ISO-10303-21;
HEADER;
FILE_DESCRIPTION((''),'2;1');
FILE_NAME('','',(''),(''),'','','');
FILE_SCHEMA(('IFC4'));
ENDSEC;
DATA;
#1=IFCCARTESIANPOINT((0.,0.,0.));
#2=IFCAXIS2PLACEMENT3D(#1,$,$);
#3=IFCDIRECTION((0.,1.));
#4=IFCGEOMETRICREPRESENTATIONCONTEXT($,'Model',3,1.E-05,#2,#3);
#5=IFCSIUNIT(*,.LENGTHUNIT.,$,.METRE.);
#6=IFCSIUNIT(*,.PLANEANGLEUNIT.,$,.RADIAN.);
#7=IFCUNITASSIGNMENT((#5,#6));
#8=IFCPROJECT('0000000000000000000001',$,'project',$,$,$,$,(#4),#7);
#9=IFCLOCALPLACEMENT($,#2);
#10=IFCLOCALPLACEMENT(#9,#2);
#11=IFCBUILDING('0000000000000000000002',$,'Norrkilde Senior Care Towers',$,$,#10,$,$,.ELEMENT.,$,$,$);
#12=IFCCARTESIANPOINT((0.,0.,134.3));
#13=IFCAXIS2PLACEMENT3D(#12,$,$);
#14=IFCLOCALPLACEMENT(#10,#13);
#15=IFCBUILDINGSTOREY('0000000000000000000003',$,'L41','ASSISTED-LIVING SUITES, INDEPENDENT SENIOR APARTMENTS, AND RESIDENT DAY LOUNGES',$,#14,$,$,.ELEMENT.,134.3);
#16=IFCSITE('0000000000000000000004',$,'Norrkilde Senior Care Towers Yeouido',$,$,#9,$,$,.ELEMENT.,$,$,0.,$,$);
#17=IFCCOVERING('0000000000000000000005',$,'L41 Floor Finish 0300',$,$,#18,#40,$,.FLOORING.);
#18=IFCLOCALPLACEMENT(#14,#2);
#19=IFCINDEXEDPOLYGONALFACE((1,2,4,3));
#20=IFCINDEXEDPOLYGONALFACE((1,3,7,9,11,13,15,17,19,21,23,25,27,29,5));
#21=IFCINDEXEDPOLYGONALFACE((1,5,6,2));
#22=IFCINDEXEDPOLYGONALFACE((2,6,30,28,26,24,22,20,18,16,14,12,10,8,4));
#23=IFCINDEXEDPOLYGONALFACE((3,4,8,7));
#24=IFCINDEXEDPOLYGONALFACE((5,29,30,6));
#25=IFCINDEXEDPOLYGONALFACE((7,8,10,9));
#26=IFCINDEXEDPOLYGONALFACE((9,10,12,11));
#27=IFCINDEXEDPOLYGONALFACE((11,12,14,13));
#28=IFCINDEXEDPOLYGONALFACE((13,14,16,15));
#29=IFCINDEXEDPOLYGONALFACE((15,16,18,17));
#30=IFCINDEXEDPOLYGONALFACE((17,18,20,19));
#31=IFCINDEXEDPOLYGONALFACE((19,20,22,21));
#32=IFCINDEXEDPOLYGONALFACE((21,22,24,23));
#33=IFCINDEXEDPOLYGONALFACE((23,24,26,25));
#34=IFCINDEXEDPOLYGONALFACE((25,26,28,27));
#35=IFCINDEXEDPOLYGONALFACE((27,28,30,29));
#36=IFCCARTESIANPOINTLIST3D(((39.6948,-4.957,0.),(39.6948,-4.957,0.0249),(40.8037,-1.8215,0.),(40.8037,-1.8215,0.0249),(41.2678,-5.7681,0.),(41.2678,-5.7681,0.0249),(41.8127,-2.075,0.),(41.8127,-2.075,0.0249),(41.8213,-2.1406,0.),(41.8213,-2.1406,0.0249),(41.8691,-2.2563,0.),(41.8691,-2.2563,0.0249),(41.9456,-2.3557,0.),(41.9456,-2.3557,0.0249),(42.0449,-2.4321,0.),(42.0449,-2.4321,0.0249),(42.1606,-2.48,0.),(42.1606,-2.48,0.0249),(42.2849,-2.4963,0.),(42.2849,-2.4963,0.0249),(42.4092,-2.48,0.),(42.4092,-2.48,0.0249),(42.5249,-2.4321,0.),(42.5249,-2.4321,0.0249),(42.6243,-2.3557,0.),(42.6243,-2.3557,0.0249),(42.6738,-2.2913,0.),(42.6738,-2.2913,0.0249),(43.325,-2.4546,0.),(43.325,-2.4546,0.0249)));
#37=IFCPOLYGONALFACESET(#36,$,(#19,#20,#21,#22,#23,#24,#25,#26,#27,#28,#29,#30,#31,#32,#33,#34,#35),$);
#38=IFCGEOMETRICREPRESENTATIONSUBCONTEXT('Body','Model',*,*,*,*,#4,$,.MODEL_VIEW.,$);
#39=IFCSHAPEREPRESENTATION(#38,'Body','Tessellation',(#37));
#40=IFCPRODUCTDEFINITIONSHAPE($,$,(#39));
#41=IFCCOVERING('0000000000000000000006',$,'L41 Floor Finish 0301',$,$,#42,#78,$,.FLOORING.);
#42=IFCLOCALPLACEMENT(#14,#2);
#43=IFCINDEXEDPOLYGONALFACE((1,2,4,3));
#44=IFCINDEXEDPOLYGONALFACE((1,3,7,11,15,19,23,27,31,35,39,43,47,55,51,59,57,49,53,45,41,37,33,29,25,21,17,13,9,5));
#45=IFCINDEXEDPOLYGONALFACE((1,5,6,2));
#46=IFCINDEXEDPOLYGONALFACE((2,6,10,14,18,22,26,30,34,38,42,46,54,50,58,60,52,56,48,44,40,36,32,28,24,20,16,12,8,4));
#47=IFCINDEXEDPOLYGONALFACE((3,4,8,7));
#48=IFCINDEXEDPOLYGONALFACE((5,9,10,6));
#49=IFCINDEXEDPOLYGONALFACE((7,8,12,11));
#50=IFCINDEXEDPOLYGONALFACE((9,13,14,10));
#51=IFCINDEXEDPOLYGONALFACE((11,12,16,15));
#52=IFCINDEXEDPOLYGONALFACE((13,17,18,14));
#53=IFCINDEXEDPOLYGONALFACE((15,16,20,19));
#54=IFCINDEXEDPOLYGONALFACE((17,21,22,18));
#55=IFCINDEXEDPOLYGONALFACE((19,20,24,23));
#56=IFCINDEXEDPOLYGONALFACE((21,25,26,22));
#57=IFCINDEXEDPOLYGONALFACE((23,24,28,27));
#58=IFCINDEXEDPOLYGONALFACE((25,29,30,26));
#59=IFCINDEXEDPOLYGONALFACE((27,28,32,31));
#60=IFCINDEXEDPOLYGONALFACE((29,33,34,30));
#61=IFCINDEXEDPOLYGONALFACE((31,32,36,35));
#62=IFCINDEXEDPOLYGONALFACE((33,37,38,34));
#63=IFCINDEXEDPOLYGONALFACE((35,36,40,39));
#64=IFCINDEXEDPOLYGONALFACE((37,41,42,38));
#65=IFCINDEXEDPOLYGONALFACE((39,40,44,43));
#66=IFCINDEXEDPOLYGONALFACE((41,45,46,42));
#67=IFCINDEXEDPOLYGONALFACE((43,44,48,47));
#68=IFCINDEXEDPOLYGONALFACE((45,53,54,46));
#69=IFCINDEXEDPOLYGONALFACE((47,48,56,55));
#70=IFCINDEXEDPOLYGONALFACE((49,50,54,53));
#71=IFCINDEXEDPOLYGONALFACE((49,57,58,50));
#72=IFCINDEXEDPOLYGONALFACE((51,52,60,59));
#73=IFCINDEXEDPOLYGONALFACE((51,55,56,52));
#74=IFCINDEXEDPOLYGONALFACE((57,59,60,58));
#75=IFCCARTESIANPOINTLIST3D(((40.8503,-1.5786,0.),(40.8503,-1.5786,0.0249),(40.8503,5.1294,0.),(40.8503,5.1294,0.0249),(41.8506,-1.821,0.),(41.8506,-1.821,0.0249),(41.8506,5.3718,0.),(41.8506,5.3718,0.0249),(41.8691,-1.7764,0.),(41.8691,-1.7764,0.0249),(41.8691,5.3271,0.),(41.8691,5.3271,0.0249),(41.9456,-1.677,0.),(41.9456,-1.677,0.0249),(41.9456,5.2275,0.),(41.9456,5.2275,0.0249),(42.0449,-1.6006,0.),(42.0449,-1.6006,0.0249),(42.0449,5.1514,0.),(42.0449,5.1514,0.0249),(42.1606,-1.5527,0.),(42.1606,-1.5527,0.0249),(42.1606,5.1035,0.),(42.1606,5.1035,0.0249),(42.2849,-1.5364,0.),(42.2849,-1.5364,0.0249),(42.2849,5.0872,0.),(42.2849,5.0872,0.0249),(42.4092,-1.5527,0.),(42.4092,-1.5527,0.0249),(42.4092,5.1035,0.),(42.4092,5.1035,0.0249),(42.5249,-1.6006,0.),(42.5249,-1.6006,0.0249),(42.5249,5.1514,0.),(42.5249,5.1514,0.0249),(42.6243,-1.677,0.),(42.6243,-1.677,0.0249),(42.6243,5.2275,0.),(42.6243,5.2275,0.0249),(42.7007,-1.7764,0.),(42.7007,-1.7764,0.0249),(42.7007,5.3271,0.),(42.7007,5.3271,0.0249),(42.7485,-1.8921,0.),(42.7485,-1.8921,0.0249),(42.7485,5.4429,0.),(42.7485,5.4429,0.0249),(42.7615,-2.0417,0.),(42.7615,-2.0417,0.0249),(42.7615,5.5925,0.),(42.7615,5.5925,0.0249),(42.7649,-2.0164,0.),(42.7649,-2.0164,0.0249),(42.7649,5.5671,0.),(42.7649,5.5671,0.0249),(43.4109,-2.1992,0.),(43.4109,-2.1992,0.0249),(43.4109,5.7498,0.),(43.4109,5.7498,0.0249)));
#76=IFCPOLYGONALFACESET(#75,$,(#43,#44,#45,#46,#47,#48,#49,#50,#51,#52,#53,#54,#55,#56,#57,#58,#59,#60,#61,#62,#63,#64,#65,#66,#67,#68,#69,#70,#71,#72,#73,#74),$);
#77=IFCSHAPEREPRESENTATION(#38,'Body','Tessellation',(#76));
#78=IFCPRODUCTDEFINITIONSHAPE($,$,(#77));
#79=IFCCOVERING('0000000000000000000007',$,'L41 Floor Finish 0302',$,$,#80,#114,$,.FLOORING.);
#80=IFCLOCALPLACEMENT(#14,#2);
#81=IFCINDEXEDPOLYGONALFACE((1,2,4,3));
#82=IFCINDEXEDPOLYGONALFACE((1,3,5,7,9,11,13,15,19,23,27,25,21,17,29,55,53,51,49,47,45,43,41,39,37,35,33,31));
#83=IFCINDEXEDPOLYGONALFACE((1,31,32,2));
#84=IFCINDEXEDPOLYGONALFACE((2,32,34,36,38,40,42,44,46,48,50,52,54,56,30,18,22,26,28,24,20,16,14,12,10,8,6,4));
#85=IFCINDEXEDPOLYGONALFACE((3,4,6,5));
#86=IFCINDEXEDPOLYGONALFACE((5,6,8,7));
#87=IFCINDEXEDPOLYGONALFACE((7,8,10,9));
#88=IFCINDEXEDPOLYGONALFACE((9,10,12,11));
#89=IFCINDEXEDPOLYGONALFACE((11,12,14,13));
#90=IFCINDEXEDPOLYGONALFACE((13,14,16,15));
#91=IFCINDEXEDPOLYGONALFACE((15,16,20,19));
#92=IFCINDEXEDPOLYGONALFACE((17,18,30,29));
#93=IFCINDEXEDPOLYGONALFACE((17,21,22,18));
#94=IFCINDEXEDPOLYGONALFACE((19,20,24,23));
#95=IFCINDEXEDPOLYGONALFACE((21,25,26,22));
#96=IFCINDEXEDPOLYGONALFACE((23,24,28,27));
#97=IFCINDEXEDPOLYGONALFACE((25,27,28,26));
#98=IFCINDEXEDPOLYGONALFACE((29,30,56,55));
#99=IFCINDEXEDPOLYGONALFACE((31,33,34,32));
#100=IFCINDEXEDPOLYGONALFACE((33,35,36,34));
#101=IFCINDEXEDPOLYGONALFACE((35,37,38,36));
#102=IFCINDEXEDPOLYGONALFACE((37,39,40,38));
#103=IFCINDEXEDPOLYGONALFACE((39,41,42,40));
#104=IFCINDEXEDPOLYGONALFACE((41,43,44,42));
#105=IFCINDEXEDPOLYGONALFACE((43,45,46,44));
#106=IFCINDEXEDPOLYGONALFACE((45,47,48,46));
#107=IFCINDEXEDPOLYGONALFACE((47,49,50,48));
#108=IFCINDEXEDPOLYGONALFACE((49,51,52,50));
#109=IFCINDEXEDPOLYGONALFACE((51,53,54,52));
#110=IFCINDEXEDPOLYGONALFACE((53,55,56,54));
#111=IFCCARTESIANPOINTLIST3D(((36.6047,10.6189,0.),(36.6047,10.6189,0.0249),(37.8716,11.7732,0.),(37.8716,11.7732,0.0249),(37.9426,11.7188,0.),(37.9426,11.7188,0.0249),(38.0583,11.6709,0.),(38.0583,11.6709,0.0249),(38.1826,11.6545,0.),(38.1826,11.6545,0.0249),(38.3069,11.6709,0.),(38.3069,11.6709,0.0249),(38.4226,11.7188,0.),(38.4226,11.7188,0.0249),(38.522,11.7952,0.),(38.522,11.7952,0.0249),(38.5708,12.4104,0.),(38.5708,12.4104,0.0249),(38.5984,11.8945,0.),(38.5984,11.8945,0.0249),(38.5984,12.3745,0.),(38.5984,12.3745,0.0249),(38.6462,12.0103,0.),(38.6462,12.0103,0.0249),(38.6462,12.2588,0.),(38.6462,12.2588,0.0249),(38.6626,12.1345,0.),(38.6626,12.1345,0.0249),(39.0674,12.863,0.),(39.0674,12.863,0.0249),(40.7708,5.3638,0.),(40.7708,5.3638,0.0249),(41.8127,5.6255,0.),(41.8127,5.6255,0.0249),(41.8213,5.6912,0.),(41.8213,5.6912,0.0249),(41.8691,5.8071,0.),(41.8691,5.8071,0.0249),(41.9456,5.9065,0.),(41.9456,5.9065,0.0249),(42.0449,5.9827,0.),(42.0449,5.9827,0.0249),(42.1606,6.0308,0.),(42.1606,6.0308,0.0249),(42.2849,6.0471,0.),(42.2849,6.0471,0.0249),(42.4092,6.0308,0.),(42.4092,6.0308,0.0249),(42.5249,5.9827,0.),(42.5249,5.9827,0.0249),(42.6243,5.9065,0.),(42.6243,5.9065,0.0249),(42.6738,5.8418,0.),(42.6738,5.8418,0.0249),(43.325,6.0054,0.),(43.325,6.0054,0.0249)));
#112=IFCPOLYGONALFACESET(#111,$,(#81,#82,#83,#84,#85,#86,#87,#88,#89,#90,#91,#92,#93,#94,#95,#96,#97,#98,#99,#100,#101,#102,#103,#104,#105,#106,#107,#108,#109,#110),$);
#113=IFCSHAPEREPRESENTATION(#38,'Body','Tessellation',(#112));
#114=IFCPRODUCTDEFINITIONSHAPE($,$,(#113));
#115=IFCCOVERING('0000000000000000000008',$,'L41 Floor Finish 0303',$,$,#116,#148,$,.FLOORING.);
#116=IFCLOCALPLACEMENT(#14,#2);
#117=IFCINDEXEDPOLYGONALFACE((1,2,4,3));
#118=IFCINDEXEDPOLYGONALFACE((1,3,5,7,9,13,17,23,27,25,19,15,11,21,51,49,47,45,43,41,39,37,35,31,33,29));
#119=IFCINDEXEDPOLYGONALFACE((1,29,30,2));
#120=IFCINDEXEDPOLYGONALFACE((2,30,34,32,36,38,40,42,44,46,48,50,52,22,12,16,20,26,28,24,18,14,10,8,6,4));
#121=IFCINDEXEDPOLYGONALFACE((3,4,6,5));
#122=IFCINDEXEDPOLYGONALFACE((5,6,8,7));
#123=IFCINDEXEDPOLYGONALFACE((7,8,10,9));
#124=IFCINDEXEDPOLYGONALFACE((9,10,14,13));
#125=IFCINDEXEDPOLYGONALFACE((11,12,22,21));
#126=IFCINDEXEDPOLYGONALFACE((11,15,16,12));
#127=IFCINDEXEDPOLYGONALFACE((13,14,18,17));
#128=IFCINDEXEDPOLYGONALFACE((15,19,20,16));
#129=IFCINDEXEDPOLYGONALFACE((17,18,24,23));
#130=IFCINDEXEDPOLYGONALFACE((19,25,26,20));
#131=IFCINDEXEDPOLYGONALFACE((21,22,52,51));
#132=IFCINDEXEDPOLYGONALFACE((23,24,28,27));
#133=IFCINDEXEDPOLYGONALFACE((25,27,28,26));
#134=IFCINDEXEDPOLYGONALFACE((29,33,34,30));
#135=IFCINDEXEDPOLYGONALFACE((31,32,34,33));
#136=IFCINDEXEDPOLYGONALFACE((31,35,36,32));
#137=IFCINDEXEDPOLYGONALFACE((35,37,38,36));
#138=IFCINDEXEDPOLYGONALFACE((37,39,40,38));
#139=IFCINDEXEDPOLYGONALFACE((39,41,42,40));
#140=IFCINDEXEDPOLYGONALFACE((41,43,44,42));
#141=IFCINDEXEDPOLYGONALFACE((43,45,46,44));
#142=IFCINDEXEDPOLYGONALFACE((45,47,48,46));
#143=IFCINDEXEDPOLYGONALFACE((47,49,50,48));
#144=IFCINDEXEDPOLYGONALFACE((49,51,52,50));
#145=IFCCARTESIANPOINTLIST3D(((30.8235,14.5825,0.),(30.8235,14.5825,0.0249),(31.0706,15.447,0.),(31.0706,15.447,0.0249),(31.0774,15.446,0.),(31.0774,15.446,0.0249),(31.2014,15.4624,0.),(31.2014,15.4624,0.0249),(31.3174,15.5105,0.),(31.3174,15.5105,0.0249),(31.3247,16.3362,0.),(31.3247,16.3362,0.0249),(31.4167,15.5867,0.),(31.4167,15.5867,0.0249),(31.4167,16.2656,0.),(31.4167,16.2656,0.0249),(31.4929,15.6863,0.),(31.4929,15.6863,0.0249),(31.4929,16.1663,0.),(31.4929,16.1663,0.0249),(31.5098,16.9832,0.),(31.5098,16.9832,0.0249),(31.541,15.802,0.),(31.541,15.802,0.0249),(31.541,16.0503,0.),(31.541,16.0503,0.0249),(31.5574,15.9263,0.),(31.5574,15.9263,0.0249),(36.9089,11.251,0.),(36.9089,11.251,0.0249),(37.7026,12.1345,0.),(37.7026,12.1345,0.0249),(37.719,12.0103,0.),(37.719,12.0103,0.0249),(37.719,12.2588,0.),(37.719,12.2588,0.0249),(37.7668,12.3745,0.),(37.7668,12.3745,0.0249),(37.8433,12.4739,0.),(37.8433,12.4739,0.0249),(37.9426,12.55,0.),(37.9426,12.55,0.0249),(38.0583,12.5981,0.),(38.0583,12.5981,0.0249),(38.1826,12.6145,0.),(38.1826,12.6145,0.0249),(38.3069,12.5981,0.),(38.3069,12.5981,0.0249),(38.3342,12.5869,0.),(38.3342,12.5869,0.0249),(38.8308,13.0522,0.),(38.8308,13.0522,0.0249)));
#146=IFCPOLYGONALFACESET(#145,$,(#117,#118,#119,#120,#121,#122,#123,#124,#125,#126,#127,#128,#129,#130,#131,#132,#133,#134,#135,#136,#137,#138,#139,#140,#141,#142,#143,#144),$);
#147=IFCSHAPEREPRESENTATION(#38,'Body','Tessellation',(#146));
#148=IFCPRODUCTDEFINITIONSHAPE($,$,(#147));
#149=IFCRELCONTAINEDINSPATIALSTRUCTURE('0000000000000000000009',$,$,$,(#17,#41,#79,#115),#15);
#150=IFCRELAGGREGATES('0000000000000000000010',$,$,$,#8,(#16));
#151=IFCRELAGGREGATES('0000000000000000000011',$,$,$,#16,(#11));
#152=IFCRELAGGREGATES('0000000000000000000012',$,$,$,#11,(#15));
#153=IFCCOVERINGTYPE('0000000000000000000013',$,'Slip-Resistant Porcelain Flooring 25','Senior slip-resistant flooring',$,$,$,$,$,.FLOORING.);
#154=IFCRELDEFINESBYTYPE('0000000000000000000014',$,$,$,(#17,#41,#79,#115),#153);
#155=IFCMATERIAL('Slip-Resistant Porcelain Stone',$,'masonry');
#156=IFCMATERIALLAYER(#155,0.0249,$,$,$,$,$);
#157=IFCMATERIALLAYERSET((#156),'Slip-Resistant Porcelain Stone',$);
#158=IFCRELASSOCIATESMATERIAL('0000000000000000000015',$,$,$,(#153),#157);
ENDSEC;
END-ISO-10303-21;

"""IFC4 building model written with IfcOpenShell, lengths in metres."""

from ifc_helpers import new_model, si_unit, direction, frame, origin, place, context, subcontext, project, spatial, polyline, outline, extrude, material, layer, layer_set, type_object, element, save


model = new_model("IFC4")

# Units and contexts
model_context = context("Model", 3, precision=1e-05, world=origin(), true_north=direction((0.0, 1.0)))
body_context = subcontext(model_context, "Body", "Model", "MODEL_VIEW")
ifc_project = project(units=[si_unit("LENGTHUNIT", "METRE"), si_unit("PLANEANGLEUNIT", "RADIAN")], contexts=[model_context])

# Site, building, storey
site_placement = place(None, origin())
site = spatial("IfcSite", under=ifc_project, at=site_placement, Name="Norrkilde Senior Care Towers Yeouido", CompositionType="ELEMENT", RefElevation=0.0)
building_placement = place(site_placement, origin())
building = spatial("IfcBuilding", under=site, at=building_placement, Name="Norrkilde Senior Care Towers", CompositionType="ELEMENT")
storey_placement = place(building_placement, frame((0.0, 0.0, 134.3)))
storey = spatial("IfcBuildingStorey", under=building, at=storey_placement, Name="L41", Description="ASSISTED-LIVING SUITES, INDEPENDENT SENIOR APARTMENTS, AND RESIDENT DAY LOUNGES", CompositionType="ELEMENT", Elevation=134.3)

# Coverings
ifc_material_1 = material(Name="Slip-Resistant Porcelain Stone", Category="masonry")
ifc_layer_1 = layer(ifc_material_1, 0.0249)
ifc_layer_set_1 = layer_set([ifc_layer_1], Name="Slip-Resistant Porcelain Stone")
covering_type_1 = type_object("IfcCoveringType", Name="Slip-Resistant Porcelain Flooring 25", Description="Senior slip-resistant flooring", PredefinedType="FLOORING", material=ifc_layer_set_1)
covering_1_placement = place(storey_placement, origin())
element("IfcCovering", 1, at=covering_1_placement, inside=storey, type_object=covering_type_1, Name="L41 Floor Finish 0300", PredefinedType="FLOORING", context=body_context, shape_type="SweptSolid", body=[
    extrude(outline(polyline([(41.8127, -2.075), (41.8213, -2.1406), (41.8691, -2.2563), (41.9456, -2.3557), (42.0449, -2.4321), (42.1606, -2.48), (42.2849, -2.4963), (42.4092, -2.48), (42.5249, -2.4321), (42.6243, -2.3557), (42.6738, -2.2913), (43.325, -2.4546), (41.2678, -5.7681), (39.6948, -4.957), (40.8037, -1.8215), (41.8127, -2.075)])), origin(), (0.0, 0.0, 1.0), 0.0249),
])
covering_2_placement = place(storey_placement, origin())
element("IfcCovering", 2, at=covering_2_placement, inside=storey, type_object=covering_type_1, Name="L41 Floor Finish 0301", PredefinedType="FLOORING", context=body_context, shape_type="SweptSolid", body=[
    extrude(outline(polyline([(41.8691, 5.3271), (41.9456, 5.2275), (42.0449, 5.1514), (42.1606, 5.1035), (42.2849, 5.0872), (42.4092, 5.1035), (42.5249, 5.1514), (42.6243, 5.2275), (42.7007, 5.3271), (42.7485, 5.4429), (42.7649, 5.5671), (42.7615, 5.5925), (43.4109, 5.7498), (43.4109, -2.1992), (42.7615, -2.0417), (42.7649, -2.0164), (42.7485, -1.8921), (42.7007, -1.7764), (42.6243, -1.677), (42.5249, -1.6006), (42.4092, -1.5527), (42.2849, -1.5364), (42.1606, -1.5527), (42.0449, -1.6006), (41.9456, -1.677), (41.8691, -1.7764), (41.8506, -1.821), (40.8503, -1.5786), (40.8503, 5.1294), (41.8506, 5.3718), (41.8691, 5.3271)])), origin(), (0.0, 0.0, 1.0), 0.0249),
])
covering_3_placement = place(storey_placement, origin())
element("IfcCovering", 3, at=covering_3_placement, inside=storey, type_object=covering_type_1, Name="L41 Floor Finish 0302", PredefinedType="FLOORING", context=body_context, shape_type="SweptSolid", body=[
    extrude(outline(polyline([(42.6738, 5.8418), (42.6243, 5.9065), (42.5249, 5.9827), (42.4092, 6.0308), (42.2849, 6.0471), (42.1606, 6.0308), (42.0449, 5.9827), (41.9456, 5.9065), (41.8691, 5.8071), (41.8213, 5.6912), (41.8127, 5.6255), (40.7708, 5.3638), (36.6047, 10.6189), (37.8716, 11.7732), (37.9426, 11.7188), (38.0583, 11.6709), (38.1826, 11.6545), (38.3069, 11.6709), (38.4226, 11.7188), (38.522, 11.7952), (38.5984, 11.8945), (38.6462, 12.0103), (38.6626, 12.1345), (38.6462, 12.2588), (38.5984, 12.3745), (38.5708, 12.4104), (39.0674, 12.863), (43.325, 6.0054), (42.6738, 5.8418)])), origin(), (0.0, 0.0, 1.0), 0.0249),
])
covering_4_placement = place(storey_placement, origin())
element("IfcCovering", 4, at=covering_4_placement, inside=storey, type_object=covering_type_1, Name="L41 Floor Finish 0303", PredefinedType="FLOORING", context=body_context, shape_type="SweptSolid", body=[
    extrude(outline(polyline([(38.3342, 12.5869), (38.3069, 12.5981), (38.1826, 12.6145), (38.0583, 12.5981), (37.9426, 12.55), (37.8433, 12.4739), (37.7668, 12.3745), (37.719, 12.2588), (37.7026, 12.1345), (37.719, 12.0103), (37.719, 12.0103), (36.9089, 11.251), (30.8235, 14.5825), (31.0706, 15.447), (31.0774, 15.446), (31.2014, 15.4624), (31.3174, 15.5105), (31.4167, 15.5867), (31.4929, 15.6863), (31.541, 15.802), (31.5574, 15.9263), (31.541, 16.0503), (31.4929, 16.1663), (31.4167, 16.2656), (31.3247, 16.3362), (31.5098, 16.9832), (38.8308, 13.0522), (38.3342, 12.5869)])), origin(), (0.0, 0.0, 1.0), 0.0249),
])

save(model, "model.ifc")
